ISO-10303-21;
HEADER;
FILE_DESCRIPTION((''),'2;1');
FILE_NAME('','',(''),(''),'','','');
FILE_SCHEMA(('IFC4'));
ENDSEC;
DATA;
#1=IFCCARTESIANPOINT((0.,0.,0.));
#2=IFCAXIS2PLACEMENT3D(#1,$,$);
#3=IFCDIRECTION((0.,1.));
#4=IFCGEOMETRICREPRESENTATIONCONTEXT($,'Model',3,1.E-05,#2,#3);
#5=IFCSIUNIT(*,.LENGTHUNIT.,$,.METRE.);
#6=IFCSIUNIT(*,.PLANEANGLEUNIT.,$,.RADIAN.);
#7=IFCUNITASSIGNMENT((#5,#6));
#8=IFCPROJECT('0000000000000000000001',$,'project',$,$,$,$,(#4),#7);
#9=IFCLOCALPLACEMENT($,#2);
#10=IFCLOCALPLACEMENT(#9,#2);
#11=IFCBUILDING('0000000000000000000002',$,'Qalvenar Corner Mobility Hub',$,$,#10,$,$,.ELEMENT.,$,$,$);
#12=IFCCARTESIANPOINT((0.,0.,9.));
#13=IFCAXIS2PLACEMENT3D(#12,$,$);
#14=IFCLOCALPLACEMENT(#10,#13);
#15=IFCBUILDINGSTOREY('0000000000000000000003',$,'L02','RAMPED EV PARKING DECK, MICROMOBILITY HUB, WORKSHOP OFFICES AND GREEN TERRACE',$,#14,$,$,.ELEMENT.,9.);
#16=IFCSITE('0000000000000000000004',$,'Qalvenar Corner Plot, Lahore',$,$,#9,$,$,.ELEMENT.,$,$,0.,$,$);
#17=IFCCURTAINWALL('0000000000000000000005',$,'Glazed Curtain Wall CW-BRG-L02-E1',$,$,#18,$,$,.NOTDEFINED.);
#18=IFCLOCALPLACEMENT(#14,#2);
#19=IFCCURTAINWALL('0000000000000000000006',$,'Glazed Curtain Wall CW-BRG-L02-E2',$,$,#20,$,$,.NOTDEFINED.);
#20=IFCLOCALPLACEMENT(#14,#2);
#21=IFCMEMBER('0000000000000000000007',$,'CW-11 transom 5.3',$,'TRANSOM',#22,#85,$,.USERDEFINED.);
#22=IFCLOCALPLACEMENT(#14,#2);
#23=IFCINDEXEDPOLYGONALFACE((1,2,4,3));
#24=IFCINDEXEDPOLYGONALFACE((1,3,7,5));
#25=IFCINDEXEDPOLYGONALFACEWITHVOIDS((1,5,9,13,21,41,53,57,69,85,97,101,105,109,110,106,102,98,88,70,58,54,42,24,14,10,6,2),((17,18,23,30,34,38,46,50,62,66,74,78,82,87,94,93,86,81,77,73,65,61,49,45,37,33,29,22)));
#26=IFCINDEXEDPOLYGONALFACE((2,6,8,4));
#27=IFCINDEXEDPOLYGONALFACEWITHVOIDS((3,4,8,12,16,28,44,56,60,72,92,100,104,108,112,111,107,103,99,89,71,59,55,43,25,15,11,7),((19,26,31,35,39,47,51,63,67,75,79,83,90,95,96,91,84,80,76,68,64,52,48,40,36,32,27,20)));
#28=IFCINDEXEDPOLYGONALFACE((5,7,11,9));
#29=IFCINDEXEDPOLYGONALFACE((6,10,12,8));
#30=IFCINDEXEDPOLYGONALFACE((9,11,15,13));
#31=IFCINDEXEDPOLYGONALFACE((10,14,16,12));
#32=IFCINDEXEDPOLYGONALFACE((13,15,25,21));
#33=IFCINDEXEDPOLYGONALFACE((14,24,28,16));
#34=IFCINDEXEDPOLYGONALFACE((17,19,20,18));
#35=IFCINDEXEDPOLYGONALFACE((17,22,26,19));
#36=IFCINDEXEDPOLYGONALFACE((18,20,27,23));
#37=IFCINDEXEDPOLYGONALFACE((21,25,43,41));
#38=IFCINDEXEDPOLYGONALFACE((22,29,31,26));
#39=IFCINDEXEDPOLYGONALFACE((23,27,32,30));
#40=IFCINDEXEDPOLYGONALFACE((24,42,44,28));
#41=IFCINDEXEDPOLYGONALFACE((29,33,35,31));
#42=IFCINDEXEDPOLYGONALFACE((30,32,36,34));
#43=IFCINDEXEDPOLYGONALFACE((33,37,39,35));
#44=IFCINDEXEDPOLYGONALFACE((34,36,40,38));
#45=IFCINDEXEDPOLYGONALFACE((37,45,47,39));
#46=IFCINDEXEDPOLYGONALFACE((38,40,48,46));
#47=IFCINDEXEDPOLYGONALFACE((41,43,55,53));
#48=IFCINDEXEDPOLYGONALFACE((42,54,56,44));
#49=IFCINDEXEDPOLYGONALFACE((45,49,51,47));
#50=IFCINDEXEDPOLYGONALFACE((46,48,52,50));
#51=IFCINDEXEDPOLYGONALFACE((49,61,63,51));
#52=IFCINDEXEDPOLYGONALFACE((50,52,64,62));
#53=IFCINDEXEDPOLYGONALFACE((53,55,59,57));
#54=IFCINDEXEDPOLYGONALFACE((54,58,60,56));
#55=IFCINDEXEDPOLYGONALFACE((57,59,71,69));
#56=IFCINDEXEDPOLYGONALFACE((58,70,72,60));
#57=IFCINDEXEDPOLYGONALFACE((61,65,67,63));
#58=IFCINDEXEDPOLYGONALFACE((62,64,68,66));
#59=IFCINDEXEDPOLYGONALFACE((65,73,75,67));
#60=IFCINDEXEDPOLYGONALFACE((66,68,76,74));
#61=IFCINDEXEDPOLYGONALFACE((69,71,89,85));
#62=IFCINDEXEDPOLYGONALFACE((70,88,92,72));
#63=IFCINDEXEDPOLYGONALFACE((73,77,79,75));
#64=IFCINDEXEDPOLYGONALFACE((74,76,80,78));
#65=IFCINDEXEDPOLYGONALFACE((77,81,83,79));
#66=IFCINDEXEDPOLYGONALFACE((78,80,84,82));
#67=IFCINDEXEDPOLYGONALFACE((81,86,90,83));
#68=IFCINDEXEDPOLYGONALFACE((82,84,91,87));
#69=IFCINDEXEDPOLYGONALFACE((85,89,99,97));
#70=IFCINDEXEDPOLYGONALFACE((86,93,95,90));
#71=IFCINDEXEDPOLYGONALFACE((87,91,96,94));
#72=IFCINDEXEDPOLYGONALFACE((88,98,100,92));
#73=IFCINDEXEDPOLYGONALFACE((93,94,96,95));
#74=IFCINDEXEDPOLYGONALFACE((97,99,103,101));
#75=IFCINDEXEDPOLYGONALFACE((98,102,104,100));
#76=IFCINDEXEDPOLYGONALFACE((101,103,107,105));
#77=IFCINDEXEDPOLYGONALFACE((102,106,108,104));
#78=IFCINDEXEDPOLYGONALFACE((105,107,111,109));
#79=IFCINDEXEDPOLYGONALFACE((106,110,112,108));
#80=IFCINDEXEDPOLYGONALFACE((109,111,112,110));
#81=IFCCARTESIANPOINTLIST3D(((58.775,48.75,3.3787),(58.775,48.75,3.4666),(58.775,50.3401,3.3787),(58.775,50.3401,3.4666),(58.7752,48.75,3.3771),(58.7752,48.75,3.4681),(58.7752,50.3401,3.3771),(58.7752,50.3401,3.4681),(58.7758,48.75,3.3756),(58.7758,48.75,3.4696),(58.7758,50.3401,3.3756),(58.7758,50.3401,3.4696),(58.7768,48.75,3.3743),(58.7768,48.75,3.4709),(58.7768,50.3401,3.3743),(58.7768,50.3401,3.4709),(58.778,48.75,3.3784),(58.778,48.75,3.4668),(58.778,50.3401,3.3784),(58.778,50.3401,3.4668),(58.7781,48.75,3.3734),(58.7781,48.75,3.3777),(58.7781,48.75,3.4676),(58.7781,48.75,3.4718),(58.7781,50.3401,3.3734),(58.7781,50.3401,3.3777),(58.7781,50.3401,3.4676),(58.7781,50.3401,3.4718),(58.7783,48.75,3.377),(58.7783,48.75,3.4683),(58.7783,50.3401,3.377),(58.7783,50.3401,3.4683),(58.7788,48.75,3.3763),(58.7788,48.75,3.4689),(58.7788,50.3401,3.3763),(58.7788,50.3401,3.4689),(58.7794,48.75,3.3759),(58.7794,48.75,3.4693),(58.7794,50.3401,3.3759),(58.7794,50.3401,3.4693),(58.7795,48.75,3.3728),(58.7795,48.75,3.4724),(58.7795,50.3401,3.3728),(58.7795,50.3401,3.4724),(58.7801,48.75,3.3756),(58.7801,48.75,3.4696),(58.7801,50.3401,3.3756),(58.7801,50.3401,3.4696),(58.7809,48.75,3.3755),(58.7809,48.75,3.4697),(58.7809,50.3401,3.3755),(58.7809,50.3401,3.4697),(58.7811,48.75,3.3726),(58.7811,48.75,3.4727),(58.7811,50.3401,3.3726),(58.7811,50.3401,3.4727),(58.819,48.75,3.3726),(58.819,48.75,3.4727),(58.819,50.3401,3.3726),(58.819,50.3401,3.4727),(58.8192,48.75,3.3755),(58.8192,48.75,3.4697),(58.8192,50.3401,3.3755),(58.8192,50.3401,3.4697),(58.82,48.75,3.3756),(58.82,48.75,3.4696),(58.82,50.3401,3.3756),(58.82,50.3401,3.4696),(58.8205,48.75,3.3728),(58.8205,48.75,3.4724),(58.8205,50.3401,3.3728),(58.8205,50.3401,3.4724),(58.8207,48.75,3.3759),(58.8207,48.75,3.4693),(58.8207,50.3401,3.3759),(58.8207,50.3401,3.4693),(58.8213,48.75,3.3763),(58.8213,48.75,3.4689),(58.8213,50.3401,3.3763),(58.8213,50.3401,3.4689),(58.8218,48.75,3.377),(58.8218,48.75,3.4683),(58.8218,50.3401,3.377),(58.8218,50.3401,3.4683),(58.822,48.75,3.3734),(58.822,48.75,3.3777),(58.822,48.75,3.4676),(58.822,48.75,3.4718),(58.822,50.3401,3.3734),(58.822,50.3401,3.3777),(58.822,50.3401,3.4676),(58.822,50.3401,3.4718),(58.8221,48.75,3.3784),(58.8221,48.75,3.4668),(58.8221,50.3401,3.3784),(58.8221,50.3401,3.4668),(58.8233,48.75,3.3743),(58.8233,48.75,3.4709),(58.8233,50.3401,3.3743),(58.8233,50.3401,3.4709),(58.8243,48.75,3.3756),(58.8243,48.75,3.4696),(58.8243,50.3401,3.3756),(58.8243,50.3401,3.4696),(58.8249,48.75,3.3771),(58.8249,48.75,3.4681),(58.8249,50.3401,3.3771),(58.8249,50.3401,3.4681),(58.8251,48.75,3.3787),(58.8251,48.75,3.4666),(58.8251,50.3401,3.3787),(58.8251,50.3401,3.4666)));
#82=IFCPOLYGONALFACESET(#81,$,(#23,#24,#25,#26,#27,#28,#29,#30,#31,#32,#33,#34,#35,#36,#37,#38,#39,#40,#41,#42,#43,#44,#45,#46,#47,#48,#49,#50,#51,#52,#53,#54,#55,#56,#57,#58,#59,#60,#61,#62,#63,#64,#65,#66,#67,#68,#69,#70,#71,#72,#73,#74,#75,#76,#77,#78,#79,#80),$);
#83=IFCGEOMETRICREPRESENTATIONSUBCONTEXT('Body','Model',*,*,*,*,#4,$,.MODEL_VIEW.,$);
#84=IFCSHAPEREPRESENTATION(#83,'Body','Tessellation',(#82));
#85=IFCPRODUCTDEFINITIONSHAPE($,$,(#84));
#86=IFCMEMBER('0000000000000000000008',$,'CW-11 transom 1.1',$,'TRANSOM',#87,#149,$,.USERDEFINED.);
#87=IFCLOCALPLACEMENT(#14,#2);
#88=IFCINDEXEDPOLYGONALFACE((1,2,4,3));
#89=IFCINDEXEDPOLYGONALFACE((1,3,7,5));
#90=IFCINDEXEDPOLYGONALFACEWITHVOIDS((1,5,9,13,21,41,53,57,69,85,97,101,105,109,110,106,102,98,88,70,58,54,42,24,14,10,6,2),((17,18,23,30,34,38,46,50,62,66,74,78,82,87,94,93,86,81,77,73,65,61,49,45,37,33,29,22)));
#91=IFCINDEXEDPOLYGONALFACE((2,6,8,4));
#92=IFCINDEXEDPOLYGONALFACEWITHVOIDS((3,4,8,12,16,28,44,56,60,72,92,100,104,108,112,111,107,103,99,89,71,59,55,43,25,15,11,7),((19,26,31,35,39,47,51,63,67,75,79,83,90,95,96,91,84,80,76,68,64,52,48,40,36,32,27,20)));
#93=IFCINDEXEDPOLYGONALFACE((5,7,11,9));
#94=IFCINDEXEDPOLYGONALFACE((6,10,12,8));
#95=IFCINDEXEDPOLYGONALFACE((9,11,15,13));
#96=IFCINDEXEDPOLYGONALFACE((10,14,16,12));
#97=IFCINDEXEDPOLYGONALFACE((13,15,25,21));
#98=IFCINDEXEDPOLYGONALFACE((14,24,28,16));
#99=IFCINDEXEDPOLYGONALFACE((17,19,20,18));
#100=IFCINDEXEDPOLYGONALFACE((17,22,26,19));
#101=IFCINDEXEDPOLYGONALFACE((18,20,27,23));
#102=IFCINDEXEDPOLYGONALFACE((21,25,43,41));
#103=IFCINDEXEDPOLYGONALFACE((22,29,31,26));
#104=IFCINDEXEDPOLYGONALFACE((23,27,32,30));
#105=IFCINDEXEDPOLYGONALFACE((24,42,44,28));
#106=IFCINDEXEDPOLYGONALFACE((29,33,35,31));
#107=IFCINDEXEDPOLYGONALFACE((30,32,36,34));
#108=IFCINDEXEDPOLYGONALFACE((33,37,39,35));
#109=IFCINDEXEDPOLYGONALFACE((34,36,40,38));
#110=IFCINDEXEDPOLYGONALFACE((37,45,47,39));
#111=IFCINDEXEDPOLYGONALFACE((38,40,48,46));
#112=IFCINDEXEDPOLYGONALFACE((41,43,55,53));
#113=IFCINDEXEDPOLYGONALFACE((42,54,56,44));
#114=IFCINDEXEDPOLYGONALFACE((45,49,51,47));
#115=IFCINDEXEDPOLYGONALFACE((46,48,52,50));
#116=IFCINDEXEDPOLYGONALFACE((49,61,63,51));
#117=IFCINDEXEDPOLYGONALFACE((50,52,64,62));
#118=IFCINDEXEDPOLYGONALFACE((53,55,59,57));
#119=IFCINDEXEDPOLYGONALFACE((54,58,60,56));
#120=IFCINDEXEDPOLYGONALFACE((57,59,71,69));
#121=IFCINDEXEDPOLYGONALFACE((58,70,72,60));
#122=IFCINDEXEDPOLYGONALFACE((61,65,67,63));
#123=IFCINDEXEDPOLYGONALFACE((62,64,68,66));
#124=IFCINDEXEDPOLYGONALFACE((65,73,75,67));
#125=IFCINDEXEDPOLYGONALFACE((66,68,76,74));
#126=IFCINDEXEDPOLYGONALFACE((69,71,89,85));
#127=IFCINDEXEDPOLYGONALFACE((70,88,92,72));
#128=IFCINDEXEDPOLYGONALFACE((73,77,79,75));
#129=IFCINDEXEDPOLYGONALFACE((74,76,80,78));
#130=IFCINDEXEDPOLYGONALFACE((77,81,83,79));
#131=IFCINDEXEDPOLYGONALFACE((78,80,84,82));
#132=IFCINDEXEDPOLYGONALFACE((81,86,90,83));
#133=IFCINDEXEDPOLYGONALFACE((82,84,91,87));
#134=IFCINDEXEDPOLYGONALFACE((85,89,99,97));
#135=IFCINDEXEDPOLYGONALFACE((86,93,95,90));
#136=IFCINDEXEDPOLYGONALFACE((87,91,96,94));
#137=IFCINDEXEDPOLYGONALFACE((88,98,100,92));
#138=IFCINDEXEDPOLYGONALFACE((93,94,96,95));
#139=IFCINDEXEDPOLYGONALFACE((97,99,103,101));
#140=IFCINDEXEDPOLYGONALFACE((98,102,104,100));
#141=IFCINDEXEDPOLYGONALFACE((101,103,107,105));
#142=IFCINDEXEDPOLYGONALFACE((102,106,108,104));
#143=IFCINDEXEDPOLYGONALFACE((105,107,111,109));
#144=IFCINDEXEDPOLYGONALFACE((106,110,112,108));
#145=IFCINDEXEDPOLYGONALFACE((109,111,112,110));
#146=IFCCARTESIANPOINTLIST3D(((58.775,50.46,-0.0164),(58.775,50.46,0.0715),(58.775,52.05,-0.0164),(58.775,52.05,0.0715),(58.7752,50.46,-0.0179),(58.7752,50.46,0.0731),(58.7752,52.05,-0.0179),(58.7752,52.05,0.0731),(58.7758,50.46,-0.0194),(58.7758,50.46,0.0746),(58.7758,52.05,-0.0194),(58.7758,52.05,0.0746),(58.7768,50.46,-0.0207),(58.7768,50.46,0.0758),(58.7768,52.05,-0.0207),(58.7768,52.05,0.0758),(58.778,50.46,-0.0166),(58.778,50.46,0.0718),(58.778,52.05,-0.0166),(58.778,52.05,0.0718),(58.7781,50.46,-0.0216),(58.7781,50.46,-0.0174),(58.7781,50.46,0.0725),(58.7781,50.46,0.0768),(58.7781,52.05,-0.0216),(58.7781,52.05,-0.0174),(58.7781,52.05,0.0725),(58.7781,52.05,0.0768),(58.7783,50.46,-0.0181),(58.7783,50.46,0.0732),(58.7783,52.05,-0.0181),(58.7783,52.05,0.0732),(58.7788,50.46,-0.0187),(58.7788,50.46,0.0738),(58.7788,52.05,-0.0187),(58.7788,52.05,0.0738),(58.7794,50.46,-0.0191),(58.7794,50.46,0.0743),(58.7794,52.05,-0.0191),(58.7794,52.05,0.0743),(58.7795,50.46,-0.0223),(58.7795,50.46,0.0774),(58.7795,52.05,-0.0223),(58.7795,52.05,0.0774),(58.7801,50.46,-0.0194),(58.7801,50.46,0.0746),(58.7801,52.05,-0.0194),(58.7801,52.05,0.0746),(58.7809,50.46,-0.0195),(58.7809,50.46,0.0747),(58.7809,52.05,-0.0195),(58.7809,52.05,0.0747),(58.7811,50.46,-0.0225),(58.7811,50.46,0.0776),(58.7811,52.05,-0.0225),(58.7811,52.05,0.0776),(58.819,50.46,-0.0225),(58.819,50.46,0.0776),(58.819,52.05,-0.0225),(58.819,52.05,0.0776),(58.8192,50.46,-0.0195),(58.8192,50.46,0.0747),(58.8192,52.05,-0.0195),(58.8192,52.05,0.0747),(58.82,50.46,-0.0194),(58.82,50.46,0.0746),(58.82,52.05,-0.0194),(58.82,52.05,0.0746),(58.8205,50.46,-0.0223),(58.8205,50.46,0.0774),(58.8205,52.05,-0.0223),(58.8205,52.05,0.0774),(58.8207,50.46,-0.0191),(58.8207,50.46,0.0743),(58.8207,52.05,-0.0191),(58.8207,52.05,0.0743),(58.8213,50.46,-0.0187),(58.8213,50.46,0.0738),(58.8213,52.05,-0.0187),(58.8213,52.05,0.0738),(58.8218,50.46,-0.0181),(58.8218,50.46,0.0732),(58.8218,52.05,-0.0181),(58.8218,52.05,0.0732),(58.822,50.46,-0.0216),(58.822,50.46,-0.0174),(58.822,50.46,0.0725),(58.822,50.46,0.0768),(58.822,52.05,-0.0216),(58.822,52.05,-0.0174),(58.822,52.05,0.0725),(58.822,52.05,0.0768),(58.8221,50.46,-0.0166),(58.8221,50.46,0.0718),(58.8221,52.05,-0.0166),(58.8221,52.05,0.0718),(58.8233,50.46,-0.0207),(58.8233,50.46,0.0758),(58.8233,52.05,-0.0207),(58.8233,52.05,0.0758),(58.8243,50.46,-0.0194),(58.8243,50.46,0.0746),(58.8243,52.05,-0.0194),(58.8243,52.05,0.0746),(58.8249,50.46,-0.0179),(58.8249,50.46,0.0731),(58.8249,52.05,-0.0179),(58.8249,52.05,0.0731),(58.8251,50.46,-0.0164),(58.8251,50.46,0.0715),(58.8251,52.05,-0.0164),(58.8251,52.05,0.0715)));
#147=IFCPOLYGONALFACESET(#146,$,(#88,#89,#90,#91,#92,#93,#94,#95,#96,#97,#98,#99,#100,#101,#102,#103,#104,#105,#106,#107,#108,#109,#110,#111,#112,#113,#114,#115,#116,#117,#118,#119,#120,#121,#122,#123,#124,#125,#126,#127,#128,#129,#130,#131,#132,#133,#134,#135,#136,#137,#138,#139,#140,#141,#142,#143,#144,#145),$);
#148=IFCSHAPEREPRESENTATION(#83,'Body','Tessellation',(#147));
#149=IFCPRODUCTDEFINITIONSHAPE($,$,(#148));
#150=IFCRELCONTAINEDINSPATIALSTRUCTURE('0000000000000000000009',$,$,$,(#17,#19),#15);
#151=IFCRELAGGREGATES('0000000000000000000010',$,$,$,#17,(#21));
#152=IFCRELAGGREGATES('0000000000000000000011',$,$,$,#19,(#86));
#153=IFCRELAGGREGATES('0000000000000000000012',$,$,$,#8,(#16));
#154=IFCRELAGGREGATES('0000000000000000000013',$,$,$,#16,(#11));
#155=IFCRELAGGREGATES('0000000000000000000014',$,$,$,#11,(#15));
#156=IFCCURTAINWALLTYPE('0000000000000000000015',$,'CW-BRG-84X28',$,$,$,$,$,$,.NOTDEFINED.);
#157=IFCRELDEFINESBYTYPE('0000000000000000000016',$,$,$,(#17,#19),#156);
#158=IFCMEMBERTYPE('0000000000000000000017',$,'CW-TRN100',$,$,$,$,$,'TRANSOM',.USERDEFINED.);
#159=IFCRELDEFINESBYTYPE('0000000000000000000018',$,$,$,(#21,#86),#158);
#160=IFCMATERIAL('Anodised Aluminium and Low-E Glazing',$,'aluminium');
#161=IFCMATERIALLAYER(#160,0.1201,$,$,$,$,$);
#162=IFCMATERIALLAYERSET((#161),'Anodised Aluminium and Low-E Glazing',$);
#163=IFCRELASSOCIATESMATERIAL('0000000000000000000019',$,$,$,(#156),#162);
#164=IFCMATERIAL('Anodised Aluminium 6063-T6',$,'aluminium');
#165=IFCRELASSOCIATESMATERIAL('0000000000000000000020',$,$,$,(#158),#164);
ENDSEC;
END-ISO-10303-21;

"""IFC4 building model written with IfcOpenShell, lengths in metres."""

from ifc_helpers import new_model, si_unit, direction, frame, origin, origin_2d, place, context, subcontext, project, spatial, hollow_rectangle, extrude, material, layer, layer_set, material_profile, profile_set, type_object, element, aggregate, save


model = new_model("IFC4")

# Units and contexts
model_context = context("Model", 3, precision=1e-05, world=origin(), true_north=direction((0.0, 1.0)))
body_context = subcontext(model_context, "Body", "Model", "MODEL_VIEW")
ifc_project = project(units=[si_unit("LENGTHUNIT", "METRE"), si_unit("PLANEANGLEUNIT", "RADIAN")], contexts=[model_context])

# Site, building, storey
site_placement = place(None, origin())
site = spatial("IfcSite", under=ifc_project, at=site_placement, Name="Qalvenar Corner Plot, Lahore", CompositionType="ELEMENT", RefElevation=0.0)
building_placement = place(site_placement, origin())
building = spatial("IfcBuilding", under=site, at=building_placement, Name="Qalvenar Corner Mobility Hub", CompositionType="ELEMENT")
storey_placement = place(building_placement, frame((0.0, 0.0, 9.0)))
storey = spatial("IfcBuildingStorey", under=building, at=storey_placement, Name="L02", Description="RAMPED EV PARKING DECK, MICROMOBILITY HUB, WORKSHOP OFFICES AND GREEN TERRACE", CompositionType="ELEMENT", Elevation=9.0)

# Shared definitions
ifc_material_1 = material(Name="Anodised Aluminium and Low-E Glazing", Category="aluminium")
ifc_layer_1 = layer(ifc_material_1, 0.1201)
ifc_layer_set_1 = layer_set([ifc_layer_1], Name="Anodised Aluminium and Low-E Glazing")
curtain_wall_type = type_object("IfcCurtainWallType", Name="CW-BRG-84X28", PredefinedType="NOTDEFINED", material=ifc_layer_set_1)
ifc_material_2 = material(Name="Anodised Aluminium 6063-T6", Category="aluminium")

# Curtain wall
curtain_wall_1_placement = place(storey_placement, origin())
curtain_wall_1 = element("IfcCurtainWall", 1, at=curtain_wall_1_placement, inside=storey, type_object=curtain_wall_type, Name="Glazed Curtain Wall CW-BRG-L02-E1", PredefinedType="NOTDEFINED")

# Curtain wall
curtain_wall_2_placement = place(storey_placement, origin())
curtain_wall_2 = element("IfcCurtainWall", 2, at=curtain_wall_2_placement, inside=storey, type_object=curtain_wall_type, Name="Glazed Curtain Wall CW-BRG-L02-E2", PredefinedType="NOTDEFINED")

# Members
ifc_material_profile_1 = material_profile(ifc_material_2, hollow_rectangle(XDim=0.05, YDim=0.1001, WallThickness=0.0029, InnerFilletRadius=0.0029, OuterFilletRadius=0.0061, at=origin_2d()), Name="RHS100x50x3")
ifc_profile_set_1 = profile_set([ifc_material_profile_1], Name="Anodised Aluminium 6063-T6")
member_type_1 = type_object("IfcMemberType", Name="CW-TRN100", ElementType="TRANSOM", PredefinedType="USERDEFINED", material=ifc_profile_set_1)
member_1_placement = place(storey_placement, frame((58.8, 48.75, 3.4226), z_axis=(0.0, 1.0, 0.0), x_axis=(-1.0, 0.0, 0.0)))
member_1 = element("IfcMember", 3, at=member_1_placement, type_object=member_type_1, Name="CW-11 transom 5.3", ObjectType="TRANSOM", PredefinedType="USERDEFINED", context=body_context, shape_type="SweptSolid", body=[
    extrude(hollow_rectangle(XDim=0.05, YDim=0.1001, WallThickness=0.0029, InnerFilletRadius=0.0029, OuterFilletRadius=0.0061, at=origin_2d()), origin(), (0.0, 0.0, 1.0), 1.5901),
])
member_2_placement = place(storey_placement, frame((58.8, 50.46, 0.0276), z_axis=(0.0, 1.0, 0.0), x_axis=(-1.0, 0.0, 0.0)))
member_2 = element("IfcMember", 4, at=member_2_placement, type_object=member_type_1, Name="CW-11 transom 1.1", ObjectType="TRANSOM", PredefinedType="USERDEFINED", context=body_context, shape_type="SweptSolid", body=[
    extrude(hollow_rectangle(XDim=0.05, YDim=0.1001, WallThickness=0.0029, InnerFilletRadius=0.0029, OuterFilletRadius=0.0061, at=origin_2d()), origin(), (0.0, 0.0, 1.0), 1.5901),
])

aggregate(curtain_wall_1, [member_1])
aggregate(curtain_wall_2, [member_2])

save(model, "model.ifc")
